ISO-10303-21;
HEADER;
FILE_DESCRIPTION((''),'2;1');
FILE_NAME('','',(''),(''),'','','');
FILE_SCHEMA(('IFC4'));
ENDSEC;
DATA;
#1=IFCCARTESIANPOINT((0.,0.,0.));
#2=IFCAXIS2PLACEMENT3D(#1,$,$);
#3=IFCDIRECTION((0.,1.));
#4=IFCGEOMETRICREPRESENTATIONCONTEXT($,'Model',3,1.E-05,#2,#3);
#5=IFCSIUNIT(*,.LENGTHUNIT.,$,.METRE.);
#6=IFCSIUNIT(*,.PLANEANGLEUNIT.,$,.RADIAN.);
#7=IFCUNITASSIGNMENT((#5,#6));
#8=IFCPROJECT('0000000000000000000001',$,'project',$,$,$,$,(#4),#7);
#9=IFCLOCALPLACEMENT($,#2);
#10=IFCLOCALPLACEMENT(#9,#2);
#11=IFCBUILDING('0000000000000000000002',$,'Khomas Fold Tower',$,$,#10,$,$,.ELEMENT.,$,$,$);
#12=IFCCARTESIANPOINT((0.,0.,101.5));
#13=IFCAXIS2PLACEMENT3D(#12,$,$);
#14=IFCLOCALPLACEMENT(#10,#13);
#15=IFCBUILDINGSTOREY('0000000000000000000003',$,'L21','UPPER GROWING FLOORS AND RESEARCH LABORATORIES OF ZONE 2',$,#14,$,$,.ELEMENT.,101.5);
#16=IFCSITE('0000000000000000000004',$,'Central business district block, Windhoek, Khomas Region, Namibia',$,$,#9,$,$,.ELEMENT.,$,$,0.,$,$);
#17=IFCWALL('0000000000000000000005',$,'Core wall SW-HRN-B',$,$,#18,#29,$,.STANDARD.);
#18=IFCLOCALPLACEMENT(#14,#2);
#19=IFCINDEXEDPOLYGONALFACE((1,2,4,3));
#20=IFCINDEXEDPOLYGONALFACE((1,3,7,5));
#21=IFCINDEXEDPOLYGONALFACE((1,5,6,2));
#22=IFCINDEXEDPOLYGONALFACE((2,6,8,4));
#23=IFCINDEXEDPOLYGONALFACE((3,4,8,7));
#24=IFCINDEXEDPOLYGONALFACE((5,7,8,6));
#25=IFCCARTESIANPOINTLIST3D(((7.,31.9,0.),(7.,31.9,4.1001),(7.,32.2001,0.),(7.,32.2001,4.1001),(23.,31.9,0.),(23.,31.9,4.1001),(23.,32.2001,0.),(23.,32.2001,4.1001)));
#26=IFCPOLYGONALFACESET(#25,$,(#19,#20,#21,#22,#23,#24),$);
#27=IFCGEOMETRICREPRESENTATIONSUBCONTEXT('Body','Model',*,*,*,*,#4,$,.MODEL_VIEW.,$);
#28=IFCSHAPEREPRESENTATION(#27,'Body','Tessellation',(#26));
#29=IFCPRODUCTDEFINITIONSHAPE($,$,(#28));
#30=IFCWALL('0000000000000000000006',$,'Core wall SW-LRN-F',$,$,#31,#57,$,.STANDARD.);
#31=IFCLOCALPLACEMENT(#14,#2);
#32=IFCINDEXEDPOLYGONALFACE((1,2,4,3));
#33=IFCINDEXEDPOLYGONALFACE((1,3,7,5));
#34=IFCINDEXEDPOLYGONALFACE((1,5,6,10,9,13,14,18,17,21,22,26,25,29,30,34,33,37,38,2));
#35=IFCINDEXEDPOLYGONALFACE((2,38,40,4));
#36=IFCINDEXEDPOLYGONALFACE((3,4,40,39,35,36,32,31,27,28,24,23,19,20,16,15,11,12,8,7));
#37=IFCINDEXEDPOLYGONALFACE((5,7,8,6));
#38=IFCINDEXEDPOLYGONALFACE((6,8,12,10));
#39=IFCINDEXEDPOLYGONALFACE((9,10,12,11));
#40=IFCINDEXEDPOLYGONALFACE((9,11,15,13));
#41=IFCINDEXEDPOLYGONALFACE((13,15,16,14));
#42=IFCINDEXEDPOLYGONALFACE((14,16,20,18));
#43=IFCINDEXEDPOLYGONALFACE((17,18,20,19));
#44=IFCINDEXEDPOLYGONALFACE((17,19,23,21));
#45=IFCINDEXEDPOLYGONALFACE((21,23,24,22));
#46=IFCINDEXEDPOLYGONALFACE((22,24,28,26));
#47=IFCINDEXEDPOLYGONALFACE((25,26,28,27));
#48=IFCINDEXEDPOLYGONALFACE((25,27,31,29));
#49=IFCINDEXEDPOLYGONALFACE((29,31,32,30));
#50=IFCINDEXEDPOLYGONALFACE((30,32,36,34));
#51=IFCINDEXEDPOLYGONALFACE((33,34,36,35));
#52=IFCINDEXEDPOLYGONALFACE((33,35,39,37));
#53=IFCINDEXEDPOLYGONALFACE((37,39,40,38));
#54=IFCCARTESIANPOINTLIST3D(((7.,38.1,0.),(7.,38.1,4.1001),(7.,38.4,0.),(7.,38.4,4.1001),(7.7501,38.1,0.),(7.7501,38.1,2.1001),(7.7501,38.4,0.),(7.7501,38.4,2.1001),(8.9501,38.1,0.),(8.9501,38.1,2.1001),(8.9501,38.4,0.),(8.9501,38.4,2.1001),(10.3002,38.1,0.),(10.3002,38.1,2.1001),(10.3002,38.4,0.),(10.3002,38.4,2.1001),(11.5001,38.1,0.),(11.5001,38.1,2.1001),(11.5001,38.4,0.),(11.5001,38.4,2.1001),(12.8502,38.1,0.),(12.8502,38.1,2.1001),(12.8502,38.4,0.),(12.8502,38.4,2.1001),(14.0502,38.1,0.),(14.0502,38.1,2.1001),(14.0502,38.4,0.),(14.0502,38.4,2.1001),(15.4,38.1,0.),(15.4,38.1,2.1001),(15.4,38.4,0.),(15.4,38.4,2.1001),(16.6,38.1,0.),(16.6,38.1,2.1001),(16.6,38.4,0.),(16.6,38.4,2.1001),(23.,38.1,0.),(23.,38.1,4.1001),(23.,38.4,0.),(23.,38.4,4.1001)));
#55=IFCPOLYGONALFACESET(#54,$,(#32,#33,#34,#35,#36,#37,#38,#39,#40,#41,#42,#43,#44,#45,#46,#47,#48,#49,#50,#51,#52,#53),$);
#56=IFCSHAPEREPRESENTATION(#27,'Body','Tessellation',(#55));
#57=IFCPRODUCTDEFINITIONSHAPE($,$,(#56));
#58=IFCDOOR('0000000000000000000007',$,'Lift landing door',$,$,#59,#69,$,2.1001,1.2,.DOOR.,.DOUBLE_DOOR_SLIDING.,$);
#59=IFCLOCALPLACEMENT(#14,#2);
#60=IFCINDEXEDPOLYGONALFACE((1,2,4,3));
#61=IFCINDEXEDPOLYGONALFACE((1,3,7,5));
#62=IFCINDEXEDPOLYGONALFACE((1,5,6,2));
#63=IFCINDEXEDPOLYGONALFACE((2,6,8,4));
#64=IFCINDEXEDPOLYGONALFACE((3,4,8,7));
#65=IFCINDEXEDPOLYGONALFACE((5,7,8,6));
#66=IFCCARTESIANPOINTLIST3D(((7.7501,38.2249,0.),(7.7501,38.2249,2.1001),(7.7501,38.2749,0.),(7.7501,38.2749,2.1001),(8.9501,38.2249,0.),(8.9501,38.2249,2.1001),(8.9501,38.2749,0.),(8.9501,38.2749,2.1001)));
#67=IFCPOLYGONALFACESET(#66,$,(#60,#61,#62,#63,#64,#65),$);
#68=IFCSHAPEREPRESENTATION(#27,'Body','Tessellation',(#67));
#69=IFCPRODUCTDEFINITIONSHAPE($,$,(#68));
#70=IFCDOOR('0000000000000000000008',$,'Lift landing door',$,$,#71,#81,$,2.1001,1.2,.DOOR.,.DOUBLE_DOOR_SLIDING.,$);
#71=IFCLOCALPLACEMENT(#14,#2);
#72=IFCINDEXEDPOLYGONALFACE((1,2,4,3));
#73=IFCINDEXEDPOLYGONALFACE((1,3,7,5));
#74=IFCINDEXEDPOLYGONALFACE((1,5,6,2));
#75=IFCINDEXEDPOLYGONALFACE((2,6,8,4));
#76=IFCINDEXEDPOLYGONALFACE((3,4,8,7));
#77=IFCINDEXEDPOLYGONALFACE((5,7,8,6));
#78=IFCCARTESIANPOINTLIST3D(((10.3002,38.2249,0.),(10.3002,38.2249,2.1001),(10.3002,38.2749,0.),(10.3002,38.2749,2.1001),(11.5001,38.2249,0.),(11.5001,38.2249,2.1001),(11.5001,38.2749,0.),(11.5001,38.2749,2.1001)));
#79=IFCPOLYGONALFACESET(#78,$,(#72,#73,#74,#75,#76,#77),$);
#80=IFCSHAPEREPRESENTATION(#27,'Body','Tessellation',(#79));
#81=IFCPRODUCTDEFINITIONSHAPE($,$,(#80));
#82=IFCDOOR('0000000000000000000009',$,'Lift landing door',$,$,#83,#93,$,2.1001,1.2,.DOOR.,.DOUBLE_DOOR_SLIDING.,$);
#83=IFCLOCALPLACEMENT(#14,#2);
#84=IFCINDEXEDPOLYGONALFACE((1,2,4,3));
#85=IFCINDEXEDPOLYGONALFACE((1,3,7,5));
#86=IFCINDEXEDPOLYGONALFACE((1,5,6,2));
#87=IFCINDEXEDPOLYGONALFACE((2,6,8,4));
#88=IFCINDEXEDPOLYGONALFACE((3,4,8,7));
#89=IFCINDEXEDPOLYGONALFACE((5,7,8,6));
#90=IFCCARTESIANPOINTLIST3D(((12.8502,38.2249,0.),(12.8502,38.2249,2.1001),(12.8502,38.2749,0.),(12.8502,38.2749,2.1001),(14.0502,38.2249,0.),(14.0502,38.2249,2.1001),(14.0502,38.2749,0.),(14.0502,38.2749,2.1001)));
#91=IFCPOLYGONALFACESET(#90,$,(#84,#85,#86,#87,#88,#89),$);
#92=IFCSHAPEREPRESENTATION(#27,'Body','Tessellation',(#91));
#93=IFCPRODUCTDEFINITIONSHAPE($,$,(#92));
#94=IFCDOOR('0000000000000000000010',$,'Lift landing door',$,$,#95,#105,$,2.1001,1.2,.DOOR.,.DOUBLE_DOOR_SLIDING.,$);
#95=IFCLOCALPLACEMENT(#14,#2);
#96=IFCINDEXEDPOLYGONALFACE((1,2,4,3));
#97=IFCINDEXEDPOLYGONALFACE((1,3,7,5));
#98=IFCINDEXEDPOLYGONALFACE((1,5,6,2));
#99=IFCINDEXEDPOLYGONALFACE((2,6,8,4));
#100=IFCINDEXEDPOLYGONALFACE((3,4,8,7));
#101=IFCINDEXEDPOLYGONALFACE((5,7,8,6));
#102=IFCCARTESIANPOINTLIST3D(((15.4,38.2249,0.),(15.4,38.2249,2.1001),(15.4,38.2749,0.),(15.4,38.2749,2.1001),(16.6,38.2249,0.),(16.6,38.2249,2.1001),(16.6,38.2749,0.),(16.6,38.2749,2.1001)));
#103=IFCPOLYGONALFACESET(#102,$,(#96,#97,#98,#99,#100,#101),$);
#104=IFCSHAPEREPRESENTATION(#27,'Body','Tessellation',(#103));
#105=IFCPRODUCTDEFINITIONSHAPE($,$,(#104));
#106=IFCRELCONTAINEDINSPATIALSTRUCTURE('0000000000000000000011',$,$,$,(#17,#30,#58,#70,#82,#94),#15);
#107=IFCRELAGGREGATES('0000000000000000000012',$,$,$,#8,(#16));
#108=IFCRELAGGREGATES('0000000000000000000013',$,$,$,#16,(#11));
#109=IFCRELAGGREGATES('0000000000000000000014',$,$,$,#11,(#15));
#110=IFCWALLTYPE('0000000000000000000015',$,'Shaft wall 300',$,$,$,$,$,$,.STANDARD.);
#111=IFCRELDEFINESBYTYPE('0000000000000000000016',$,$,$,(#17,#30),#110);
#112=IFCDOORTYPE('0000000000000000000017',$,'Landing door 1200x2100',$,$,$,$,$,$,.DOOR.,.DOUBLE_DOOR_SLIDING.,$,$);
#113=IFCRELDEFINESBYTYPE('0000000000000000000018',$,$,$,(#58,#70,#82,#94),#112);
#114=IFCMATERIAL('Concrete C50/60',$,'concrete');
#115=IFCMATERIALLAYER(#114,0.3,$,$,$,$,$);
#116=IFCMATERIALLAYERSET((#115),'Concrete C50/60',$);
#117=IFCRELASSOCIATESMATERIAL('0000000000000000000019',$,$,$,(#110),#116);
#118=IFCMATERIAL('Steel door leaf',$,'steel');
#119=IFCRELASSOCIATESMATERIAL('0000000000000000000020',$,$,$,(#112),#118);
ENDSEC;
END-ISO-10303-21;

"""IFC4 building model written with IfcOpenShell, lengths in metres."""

from ifc_helpers import new_model, si_unit, direction, frame, frame_2d, origin, place, context, subcontext, project, spatial, rectangle, extrude, source, transform, mapped, material, layer, layer_set, type_object, element, fill, save


model = new_model("IFC4")

# Units and contexts
model_context = context("Model", 3, precision=1e-05, world=origin(), true_north=direction((0.0, 1.0)))
body_context = subcontext(model_context, "Body", "Model", "MODEL_VIEW")
ifc_project = project(units=[si_unit("LENGTHUNIT", "METRE"), si_unit("PLANEANGLEUNIT", "RADIAN")], contexts=[model_context])

# Site, building, storey
site_placement = place(None, origin())
site = spatial("IfcSite", under=ifc_project, at=site_placement, Name="Central business district block, Windhoek, Khomas Region, Namibia", CompositionType="ELEMENT", RefElevation=0.0)
building_placement = place(site_placement, origin())
building = spatial("IfcBuilding", under=site, at=building_placement, Name="Khomas Fold Tower", CompositionType="ELEMENT")
storey_placement = place(building_placement, frame((0.0, 0.0, 101.5)))
storey = spatial("IfcBuildingStorey", under=building, at=storey_placement, Name="L21", Description="UPPER GROWING FLOORS AND RESEARCH LABORATORIES OF ZONE 2", CompositionType="ELEMENT", Elevation=101.5)

# Wall
ifc_material_1 = material(Name="Concrete C50/60", Category="concrete")
ifc_layer_1 = layer(ifc_material_1, 0.3)
ifc_layer_set_1 = layer_set([ifc_layer_1], Name="Concrete C50/60")
wall_type_1 = type_object("IfcWallType", Name="Shaft wall 300", PredefinedType="STANDARD", material=ifc_layer_set_1)
shared_shape_1 = source(origin(), body_context, "Body", "SweptSolid", [
    extrude(rectangle(XDim=16.0, YDim=0.3, at=frame_2d((8.0, 0.0))), origin(), (0.0, 0.0, 1.0), 4.1001),
])
wall_1_placement = place(storey_placement, frame((7.0, 32.05, 0.0), z_axis=(0.0, 0.0, 1.0), x_axis=(1.0, 0.0, 0.0)))
element("IfcWall", 1, at=wall_1_placement, inside=storey, type_object=wall_type_1, Name="Core wall SW-HRN-B", PredefinedType="STANDARD", context=body_context, shape_type="MappedRepresentation", body=[
    mapped(shared_shape_1, transform((0.0, 0.0, 0.0))),
])

# Wall, openings, doors
wall_2_placement = place(storey_placement, frame((7.0, 38.25, 0.0), z_axis=(0.0, 0.0, 1.0), x_axis=(1.0, 0.0, 0.0)))
wall_2 = element("IfcWall", 2, at=wall_2_placement, inside=storey, type_object=wall_type_1, Name="Core wall SW-LRN-F", PredefinedType="STANDARD", context=body_context, shape_type="MappedRepresentation", body=[
    mapped(shared_shape_1, transform((0.0, 0.0, 0.0))),
])
shared_shape_2 = source(origin(), body_context, "Body", "SweptSolid", [
    extrude(rectangle(XDim=1.2, YDim=2.1001, at=frame_2d((0.6001, 1.05))), frame((0.0, 0.1599, 0.0), z_axis=(0.0, -1.0, 0.0), x_axis=(1.0, 0.0, 0.0)), (0.0, 0.0, 1.0), 0.3201),
])
opening_1_placement = place(wall_2_placement, frame((0.75, 0.0, 0.0)))
opening_1 = element("IfcOpeningElement", 3, at=opening_1_placement, cuts=wall_2, PredefinedType="OPENING", context=body_context, shape_type="MappedRepresentation", body=[
    mapped(shared_shape_2, transform((0.0, 0.0, 0.0))),
])
opening_2_placement = place(wall_2_placement, frame((3.3, 0.0, 0.0)))
opening_2 = element("IfcOpeningElement", 4, at=opening_2_placement, cuts=wall_2, PredefinedType="OPENING", context=body_context, shape_type="MappedRepresentation", body=[
    mapped(shared_shape_2, transform((0.0, 0.0, 0.0))),
])
opening_3_placement = place(wall_2_placement, frame((5.8501, 0.0, 0.0)))
opening_3 = element("IfcOpeningElement", 5, at=opening_3_placement, cuts=wall_2, PredefinedType="OPENING", context=body_context, shape_type="MappedRepresentation", body=[
    mapped(shared_shape_2, transform((0.0, 0.0, 0.0))),
])
opening_4_placement = place(wall_2_placement, frame((8.3999, 0.0, 0.0)))
opening_4 = element("IfcOpeningElement", 6, at=opening_4_placement, cuts=wall_2, PredefinedType="OPENING", context=body_context, shape_type="MappedRepresentation", body=[
    mapped(shared_shape_2, transform((0.0, 0.0, 0.0))),
])
ifc_material_2 = material(Name="Steel door leaf", Category="steel")
door_type_1 = type_object("IfcDoorType", Name="Landing door 1200x2100", OperationType="DOUBLE_DOOR_SLIDING", PredefinedType="DOOR", material=ifc_material_2)
shared_shape_3 = source(origin(), body_context, "Body", "SweptSolid", [
    extrude(rectangle(XDim=1.2, YDim=2.1001, at=frame_2d((0.6001, 1.05))), frame((0.0, 0.0249, 0.0), z_axis=(0.0, -1.0, 0.0), x_axis=(1.0, 0.0, 0.0)), (0.0, 0.0, 1.0), 0.05),
])
door_1_placement = place(opening_1_placement, origin())
door_1 = element("IfcDoor", 7, at=door_1_placement, inside=storey, type_object=door_type_1, Name="Lift landing door", OperationType="DOUBLE_DOOR_SLIDING", OverallHeight=2.1001, OverallWidth=1.2, PredefinedType="DOOR", context=body_context, shape_type="MappedRepresentation", body=[
    mapped(shared_shape_3, transform((0.0, 0.0, 0.0))),
])
fill(opening_1, door_1)
door_2_placement = place(opening_2_placement, origin())
door_2 = element("IfcDoor", 8, at=door_2_placement, inside=storey, type_object=door_type_1, Name="Lift landing door", OperationType="DOUBLE_DOOR_SLIDING", OverallHeight=2.1001, OverallWidth=1.2, PredefinedType="DOOR", context=body_context, shape_type="MappedRepresentation", body=[
    mapped(shared_shape_3, transform((0.0, 0.0, 0.0))),
])
fill(opening_2, door_2)
door_3_placement = place(opening_3_placement, origin())
door_3 = element("IfcDoor", 9, at=door_3_placement, inside=storey, type_object=door_type_1, Name="Lift landing door", OperationType="DOUBLE_DOOR_SLIDING", OverallHeight=2.1001, OverallWidth=1.2, PredefinedType="DOOR", context=body_context, shape_type="MappedRepresentation", body=[
    mapped(shared_shape_3, transform((0.0, 0.0, 0.0))),
])
fill(opening_3, door_3)
door_4_placement = place(opening_4_placement, origin())
door_4 = element("IfcDoor", 10, at=door_4_placement, inside=storey, type_object=door_type_1, Name="Lift landing door", OperationType="DOUBLE_DOOR_SLIDING", OverallHeight=2.1001, OverallWidth=1.2, PredefinedType="DOOR", context=body_context, shape_type="MappedRepresentation", body=[
    mapped(shared_shape_3, transform((0.0, 0.0, 0.0))),
])
fill(opening_4, door_4)

save(model, "model.ifc")
